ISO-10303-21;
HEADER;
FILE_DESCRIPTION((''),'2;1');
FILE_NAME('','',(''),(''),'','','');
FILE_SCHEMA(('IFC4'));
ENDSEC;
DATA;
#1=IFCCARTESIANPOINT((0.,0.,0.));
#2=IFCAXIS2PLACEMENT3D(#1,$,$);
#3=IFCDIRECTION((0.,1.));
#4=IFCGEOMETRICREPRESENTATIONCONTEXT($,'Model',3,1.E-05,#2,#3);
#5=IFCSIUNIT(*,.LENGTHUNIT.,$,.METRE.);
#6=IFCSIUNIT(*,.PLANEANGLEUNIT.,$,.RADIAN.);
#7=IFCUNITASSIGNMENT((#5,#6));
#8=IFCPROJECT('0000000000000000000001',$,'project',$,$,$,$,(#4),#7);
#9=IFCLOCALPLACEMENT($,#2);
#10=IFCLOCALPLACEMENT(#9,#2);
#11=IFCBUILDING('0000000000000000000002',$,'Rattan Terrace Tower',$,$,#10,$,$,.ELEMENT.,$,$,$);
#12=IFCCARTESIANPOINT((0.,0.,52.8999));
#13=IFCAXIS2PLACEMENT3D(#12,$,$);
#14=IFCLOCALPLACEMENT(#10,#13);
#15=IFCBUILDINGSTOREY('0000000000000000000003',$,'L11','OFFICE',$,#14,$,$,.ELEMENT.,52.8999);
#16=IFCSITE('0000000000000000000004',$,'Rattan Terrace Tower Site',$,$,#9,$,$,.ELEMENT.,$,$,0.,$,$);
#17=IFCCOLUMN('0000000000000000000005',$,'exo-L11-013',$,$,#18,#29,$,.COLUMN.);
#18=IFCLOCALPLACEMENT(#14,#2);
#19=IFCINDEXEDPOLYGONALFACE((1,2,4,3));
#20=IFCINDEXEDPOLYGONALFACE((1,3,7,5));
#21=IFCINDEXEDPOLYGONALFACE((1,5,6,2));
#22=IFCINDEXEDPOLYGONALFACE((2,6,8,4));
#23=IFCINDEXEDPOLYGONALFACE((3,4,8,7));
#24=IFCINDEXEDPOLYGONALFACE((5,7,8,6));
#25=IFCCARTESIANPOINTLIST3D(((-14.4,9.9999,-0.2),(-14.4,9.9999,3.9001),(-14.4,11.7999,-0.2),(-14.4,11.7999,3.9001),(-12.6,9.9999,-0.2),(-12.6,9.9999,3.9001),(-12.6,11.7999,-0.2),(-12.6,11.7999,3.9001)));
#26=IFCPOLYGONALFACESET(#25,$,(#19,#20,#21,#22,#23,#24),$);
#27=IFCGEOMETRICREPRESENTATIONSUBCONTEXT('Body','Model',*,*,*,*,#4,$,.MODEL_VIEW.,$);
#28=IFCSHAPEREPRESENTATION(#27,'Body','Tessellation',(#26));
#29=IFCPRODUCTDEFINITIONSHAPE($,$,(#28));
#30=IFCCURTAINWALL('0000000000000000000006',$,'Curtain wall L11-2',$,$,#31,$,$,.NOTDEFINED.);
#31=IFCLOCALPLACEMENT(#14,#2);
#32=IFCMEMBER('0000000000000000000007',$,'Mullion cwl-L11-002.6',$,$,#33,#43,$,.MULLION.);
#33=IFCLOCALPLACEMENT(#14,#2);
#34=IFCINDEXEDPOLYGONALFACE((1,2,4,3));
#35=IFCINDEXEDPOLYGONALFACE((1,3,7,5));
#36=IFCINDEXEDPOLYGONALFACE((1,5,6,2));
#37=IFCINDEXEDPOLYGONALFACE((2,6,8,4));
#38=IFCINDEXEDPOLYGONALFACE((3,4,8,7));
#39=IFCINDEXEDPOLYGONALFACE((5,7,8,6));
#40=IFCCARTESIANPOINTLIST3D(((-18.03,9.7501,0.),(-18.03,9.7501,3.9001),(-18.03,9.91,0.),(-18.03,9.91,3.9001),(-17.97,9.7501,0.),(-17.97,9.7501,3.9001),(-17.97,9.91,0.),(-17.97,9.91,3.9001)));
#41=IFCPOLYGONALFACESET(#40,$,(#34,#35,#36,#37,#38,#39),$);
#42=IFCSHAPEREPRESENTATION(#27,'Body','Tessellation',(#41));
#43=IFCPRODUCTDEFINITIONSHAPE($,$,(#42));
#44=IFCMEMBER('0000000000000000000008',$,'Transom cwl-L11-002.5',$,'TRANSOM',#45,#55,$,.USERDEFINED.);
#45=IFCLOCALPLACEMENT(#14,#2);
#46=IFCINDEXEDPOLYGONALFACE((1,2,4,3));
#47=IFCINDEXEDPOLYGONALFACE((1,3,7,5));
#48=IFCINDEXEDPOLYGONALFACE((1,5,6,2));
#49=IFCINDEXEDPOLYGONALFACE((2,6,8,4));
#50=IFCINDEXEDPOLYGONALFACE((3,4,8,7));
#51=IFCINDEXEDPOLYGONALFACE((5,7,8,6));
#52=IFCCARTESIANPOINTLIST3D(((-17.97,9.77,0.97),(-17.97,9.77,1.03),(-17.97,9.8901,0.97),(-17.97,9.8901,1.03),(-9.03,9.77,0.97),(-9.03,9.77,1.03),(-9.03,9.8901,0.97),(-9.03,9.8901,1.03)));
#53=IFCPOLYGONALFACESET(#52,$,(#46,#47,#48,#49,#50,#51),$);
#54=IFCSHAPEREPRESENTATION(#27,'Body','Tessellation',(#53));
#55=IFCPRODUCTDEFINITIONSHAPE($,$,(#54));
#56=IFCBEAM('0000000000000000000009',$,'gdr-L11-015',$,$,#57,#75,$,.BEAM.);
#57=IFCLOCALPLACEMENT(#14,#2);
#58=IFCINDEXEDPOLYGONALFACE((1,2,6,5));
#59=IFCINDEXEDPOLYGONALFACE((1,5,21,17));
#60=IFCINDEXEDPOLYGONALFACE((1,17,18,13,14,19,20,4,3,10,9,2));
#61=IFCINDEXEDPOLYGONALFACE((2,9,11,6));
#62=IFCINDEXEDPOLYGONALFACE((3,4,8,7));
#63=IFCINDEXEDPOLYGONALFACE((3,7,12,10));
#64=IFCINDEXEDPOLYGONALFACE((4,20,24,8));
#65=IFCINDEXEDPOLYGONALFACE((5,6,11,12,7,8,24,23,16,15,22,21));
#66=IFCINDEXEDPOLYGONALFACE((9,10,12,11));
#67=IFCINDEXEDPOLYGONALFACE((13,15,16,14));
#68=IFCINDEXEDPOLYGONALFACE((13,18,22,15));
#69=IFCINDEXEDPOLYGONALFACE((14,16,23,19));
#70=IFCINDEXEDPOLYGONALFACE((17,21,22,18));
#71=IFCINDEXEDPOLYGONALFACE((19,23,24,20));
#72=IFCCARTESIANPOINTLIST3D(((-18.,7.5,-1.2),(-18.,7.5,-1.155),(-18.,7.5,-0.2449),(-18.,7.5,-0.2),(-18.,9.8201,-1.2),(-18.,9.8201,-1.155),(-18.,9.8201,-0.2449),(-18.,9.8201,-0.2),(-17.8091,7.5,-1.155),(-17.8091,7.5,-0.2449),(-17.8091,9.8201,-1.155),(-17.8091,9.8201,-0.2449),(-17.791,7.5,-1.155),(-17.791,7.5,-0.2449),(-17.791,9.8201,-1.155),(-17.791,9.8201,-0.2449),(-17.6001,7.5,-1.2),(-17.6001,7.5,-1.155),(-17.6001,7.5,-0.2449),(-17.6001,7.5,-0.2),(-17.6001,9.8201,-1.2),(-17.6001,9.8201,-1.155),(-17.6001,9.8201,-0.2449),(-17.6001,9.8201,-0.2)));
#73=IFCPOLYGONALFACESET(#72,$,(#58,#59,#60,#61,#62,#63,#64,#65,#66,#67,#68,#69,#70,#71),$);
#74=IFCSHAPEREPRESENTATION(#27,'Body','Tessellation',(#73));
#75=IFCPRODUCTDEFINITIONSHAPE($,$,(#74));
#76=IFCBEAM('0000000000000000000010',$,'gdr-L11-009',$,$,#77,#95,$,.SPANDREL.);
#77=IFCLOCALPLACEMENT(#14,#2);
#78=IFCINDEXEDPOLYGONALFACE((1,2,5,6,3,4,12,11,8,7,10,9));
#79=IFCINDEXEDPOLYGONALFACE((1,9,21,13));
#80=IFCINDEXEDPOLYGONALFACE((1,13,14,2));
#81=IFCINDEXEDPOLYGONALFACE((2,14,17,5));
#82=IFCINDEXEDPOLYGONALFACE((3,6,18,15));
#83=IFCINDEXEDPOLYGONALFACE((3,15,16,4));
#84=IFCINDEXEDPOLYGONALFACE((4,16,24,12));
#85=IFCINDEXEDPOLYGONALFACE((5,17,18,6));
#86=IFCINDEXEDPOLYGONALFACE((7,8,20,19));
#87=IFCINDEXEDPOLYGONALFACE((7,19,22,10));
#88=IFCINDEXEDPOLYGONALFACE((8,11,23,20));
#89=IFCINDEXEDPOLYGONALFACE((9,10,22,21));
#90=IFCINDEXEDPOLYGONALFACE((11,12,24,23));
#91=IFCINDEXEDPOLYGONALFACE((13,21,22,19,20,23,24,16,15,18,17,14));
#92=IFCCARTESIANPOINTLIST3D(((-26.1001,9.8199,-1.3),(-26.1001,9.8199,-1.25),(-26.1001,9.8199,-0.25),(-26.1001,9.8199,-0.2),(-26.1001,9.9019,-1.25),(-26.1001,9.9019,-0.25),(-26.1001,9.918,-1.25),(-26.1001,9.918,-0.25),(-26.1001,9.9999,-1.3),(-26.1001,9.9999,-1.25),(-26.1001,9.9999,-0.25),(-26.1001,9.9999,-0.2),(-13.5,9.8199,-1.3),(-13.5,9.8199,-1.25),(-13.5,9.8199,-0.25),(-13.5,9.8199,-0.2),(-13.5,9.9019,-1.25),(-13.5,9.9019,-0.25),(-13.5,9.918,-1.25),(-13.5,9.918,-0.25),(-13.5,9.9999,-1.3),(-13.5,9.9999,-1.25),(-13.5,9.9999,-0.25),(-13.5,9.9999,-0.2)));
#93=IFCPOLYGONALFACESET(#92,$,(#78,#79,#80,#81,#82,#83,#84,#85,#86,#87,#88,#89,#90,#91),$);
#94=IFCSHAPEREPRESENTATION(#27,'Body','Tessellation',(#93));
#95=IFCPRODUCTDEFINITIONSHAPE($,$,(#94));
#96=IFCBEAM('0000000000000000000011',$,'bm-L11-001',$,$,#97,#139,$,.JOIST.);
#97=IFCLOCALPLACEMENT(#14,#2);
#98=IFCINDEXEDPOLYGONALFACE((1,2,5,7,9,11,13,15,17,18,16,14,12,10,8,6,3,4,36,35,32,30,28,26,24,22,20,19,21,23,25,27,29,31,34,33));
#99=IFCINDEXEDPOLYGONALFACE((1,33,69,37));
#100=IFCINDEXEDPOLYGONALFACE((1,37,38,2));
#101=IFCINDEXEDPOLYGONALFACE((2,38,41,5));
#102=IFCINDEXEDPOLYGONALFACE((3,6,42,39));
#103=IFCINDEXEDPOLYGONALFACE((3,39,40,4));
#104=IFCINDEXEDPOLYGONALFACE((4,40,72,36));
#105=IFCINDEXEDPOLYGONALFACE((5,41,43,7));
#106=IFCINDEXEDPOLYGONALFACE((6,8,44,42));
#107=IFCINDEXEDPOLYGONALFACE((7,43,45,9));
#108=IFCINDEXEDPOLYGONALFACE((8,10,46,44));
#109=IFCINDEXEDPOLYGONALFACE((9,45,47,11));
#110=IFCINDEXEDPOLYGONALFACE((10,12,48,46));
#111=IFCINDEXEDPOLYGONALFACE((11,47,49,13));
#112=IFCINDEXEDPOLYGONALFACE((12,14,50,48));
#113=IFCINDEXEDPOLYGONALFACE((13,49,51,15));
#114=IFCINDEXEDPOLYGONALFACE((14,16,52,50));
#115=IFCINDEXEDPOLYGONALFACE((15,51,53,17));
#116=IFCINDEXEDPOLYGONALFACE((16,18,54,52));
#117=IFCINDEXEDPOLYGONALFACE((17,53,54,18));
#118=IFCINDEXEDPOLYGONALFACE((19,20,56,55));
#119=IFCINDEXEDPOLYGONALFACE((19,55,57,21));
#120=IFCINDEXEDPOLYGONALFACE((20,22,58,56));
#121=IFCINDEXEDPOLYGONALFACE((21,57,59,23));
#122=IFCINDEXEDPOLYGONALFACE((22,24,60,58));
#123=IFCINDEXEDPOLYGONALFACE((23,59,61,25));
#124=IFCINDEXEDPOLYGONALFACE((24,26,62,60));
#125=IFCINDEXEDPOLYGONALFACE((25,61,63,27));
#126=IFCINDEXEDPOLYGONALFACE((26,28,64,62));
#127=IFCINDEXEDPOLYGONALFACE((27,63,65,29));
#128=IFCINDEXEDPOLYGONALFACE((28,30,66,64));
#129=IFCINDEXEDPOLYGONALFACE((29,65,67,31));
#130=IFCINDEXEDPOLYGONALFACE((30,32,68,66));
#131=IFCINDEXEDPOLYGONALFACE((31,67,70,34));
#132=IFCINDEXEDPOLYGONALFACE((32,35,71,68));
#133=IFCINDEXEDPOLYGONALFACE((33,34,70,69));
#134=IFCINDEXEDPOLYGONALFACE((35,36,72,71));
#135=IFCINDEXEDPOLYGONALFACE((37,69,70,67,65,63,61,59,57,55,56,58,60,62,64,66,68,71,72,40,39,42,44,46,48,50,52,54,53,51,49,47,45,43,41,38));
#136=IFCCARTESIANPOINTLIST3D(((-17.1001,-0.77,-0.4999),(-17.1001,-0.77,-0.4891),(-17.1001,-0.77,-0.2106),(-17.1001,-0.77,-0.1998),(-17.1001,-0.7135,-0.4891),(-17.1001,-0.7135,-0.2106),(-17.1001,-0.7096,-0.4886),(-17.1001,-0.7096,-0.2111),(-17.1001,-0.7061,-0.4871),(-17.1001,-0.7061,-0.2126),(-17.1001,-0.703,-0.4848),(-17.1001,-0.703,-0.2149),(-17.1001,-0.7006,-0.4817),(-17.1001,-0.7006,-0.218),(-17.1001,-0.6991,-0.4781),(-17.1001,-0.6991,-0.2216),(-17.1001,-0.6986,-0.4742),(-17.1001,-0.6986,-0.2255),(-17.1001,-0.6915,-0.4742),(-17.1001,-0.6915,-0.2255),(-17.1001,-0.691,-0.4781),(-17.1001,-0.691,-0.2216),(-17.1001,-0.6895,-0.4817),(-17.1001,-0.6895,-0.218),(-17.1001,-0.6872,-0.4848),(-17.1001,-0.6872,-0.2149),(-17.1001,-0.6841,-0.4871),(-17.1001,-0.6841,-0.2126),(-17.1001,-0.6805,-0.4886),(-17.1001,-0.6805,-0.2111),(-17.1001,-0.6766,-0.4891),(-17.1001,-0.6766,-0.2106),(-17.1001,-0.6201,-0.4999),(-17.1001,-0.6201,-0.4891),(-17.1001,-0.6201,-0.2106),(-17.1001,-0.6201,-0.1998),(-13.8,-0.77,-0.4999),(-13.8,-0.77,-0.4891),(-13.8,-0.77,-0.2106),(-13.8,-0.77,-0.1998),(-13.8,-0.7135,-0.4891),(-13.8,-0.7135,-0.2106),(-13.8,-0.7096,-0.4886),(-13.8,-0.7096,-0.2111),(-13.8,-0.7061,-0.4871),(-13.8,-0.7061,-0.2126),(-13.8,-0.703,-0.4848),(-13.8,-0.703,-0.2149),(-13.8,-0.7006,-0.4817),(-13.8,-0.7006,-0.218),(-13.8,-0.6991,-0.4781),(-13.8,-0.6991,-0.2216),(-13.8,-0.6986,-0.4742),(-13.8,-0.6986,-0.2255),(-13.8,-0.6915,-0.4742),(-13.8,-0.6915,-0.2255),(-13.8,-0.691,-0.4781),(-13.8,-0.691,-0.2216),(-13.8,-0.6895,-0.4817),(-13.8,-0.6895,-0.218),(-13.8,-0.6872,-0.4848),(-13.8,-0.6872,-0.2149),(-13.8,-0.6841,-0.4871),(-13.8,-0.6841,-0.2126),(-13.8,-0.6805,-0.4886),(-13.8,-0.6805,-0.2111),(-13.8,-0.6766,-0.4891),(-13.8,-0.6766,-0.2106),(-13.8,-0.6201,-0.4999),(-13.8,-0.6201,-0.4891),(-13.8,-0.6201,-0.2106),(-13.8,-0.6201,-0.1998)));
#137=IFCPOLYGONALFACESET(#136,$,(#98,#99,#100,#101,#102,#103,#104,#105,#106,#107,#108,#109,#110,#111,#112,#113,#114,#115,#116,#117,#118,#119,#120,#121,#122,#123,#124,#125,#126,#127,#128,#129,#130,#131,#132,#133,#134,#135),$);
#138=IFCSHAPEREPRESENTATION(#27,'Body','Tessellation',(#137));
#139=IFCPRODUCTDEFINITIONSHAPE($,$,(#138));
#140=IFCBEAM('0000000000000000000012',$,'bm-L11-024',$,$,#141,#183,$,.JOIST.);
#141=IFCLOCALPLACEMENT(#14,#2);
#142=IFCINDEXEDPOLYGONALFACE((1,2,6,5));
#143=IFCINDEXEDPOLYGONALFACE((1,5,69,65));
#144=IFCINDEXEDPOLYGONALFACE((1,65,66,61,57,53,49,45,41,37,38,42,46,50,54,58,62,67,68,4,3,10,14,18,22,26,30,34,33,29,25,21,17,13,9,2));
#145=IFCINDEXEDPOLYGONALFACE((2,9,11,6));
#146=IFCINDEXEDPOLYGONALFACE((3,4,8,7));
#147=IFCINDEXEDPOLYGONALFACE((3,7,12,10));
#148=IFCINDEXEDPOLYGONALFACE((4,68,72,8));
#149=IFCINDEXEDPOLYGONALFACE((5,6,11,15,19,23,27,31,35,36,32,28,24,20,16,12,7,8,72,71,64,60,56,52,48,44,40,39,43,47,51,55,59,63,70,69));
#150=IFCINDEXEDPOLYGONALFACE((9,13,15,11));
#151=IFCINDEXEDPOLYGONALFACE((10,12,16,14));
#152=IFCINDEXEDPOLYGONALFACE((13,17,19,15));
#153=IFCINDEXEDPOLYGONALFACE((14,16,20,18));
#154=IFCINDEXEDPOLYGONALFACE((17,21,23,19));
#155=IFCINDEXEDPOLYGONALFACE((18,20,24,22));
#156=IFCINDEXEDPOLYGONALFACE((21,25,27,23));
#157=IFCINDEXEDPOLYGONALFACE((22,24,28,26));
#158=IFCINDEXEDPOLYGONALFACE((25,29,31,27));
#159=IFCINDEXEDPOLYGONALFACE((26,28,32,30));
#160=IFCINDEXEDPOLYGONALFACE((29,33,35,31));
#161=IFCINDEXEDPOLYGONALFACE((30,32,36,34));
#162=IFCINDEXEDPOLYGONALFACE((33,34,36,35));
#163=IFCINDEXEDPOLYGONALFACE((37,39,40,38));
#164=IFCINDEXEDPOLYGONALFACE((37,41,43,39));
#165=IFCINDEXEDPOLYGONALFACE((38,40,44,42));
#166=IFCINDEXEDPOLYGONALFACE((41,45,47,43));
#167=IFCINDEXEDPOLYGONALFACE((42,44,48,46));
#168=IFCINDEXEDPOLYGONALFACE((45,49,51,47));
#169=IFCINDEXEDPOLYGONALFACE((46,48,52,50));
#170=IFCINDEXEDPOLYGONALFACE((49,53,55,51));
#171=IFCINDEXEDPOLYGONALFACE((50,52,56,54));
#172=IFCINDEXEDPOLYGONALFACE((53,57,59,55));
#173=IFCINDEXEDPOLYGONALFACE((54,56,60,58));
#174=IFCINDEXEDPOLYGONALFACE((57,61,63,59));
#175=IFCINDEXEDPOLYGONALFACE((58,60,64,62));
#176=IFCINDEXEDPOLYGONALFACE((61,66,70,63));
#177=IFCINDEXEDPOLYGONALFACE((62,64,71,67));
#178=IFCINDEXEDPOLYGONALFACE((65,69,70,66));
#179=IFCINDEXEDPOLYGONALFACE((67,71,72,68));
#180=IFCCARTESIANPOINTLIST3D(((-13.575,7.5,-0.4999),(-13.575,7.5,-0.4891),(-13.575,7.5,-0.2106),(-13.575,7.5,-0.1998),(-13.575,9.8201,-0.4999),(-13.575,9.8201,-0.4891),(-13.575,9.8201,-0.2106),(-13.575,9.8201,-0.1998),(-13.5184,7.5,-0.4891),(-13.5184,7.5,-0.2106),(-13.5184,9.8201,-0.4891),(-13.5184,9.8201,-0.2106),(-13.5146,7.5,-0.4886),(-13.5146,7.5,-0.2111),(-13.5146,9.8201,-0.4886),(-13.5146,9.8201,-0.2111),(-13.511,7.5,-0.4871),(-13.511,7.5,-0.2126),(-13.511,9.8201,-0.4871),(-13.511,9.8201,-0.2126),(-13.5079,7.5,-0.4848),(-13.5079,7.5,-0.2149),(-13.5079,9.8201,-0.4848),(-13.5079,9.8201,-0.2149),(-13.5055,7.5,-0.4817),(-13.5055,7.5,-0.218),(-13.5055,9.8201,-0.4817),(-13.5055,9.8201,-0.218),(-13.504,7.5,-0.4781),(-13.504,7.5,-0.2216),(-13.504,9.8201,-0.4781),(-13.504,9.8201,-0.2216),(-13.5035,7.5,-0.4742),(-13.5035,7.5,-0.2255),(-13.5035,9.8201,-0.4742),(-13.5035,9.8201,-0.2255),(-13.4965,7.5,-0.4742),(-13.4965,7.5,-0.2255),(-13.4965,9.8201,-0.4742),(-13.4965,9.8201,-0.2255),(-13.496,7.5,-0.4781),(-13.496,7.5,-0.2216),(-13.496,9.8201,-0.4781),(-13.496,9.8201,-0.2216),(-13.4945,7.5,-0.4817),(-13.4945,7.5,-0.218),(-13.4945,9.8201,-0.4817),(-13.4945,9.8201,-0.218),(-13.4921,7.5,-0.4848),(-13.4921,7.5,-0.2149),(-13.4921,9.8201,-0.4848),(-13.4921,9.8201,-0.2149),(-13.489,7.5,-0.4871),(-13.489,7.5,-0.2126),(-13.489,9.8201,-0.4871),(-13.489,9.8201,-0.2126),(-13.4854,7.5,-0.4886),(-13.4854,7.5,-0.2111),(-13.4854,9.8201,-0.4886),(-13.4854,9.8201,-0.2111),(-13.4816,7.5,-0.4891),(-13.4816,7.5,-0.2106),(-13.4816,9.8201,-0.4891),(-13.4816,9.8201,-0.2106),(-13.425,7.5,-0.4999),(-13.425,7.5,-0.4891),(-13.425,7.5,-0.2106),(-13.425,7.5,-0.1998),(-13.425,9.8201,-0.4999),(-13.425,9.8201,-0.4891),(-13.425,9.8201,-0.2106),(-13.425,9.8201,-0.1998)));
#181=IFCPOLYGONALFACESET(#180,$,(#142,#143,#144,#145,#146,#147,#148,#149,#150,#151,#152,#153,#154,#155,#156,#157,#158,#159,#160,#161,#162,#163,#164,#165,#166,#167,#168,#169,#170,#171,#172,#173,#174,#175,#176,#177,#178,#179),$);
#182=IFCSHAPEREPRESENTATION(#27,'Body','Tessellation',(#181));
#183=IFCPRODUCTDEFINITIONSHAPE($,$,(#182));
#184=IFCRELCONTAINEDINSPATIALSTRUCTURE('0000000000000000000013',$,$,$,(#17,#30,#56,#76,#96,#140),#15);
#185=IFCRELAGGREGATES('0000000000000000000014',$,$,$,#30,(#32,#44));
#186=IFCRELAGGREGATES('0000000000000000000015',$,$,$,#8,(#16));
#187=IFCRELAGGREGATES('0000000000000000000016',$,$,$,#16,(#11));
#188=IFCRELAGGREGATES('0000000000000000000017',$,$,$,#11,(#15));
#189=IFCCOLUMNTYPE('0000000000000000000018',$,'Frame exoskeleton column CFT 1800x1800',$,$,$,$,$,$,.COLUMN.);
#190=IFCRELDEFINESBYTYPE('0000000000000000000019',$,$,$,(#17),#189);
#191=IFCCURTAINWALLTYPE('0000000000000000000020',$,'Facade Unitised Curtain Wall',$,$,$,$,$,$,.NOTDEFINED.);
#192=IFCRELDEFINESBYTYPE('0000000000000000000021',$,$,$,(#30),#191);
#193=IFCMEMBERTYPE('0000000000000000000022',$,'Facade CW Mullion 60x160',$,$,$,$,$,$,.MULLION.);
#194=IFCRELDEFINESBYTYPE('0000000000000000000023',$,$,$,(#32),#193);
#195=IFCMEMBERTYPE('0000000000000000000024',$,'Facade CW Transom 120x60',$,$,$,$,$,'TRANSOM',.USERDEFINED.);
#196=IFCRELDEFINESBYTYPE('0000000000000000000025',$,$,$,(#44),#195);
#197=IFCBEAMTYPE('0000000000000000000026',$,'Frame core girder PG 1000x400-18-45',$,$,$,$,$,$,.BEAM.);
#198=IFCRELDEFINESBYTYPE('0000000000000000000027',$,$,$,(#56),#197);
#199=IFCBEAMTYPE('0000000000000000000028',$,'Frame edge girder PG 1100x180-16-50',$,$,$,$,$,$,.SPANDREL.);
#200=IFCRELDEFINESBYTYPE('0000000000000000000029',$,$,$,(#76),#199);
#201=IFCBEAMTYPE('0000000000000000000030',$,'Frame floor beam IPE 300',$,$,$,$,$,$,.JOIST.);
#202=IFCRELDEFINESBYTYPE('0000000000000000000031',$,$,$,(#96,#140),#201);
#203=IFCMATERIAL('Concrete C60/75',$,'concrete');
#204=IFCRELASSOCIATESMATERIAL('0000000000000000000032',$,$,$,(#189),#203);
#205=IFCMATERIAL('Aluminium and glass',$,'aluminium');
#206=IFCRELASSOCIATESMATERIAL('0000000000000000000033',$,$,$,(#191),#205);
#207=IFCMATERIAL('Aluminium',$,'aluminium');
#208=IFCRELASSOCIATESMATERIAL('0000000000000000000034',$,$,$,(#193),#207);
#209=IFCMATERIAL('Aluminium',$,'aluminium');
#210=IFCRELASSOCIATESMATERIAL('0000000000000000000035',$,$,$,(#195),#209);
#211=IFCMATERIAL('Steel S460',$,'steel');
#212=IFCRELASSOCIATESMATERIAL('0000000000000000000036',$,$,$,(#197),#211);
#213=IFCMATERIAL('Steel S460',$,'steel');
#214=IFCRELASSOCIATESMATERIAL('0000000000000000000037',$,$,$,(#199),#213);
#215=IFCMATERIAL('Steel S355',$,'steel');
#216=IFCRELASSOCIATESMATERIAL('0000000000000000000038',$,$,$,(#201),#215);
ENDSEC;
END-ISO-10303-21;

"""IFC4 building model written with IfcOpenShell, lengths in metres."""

from ifc_helpers import new_model, si_unit, direction, frame, origin, origin_2d, place, context, subcontext, project, spatial, rectangle, i_section, extrude, material, material_profile, profile_set, type_object, element, aggregate, save


model = new_model("IFC4")

# Units and contexts
model_context = context("Model", 3, precision=1e-05, world=origin(), true_north=direction((0.0, 1.0)))
body_context = subcontext(model_context, "Body", "Model", "MODEL_VIEW")
ifc_project = project(units=[si_unit("LENGTHUNIT", "METRE"), si_unit("PLANEANGLEUNIT", "RADIAN")], contexts=[model_context])

# Site, building, storey
site_placement = place(None, origin())
site = spatial("IfcSite", under=ifc_project, at=site_placement, Name="Rattan Terrace Tower Site", CompositionType="ELEMENT", RefElevation=0.0)
building_placement = place(site_placement, origin())
building = spatial("IfcBuilding", under=site, at=building_placement, Name="Rattan Terrace Tower", CompositionType="ELEMENT")
storey_placement = place(building_placement, frame((0.0, 0.0, 52.8999)))
storey = spatial("IfcBuildingStorey", under=building, at=storey_placement, Name="L11", Description="OFFICE", CompositionType="ELEMENT", Elevation=52.8999)

# Column
ifc_material_1 = material(Name="Concrete C60/75", Category="concrete")
ifc_material_profile_1 = material_profile(ifc_material_1, rectangle(XDim=1.8, YDim=1.8, at=origin_2d()), Name="CFT 1800x1800")
ifc_profile_set_1 = profile_set([ifc_material_profile_1], Name="Concrete C60/75")
column_type = type_object("IfcColumnType", Name="Frame exoskeleton column CFT 1800x1800", PredefinedType="COLUMN", material=ifc_profile_set_1)
column_placement = place(storey_placement, frame((-13.5, 10.8999, -0.2), z_axis=(0.0, 0.0, 1.0), x_axis=(1.0, 0.0, 0.0)))
element("IfcColumn", 1, at=column_placement, inside=storey, type_object=column_type, Name="exo-L11-013", PredefinedType="COLUMN", context=body_context, shape_type="SweptSolid", body=[
    extrude(rectangle(XDim=1.8, YDim=1.8, at=origin_2d()), origin(), (0.0, 0.0, 1.0), 4.1001),
])

# Curtain wall, members
ifc_material_2 = material(Name="Aluminium and glass", Category="aluminium")
curtain_wall_type = type_object("IfcCurtainWallType", Name="Facade Unitised Curtain Wall", PredefinedType="NOTDEFINED", material=ifc_material_2)
curtain_wall_placement = place(storey_placement, origin())
curtain_wall = element("IfcCurtainWall", 2, at=curtain_wall_placement, inside=storey, type_object=curtain_wall_type, Name="Curtain wall L11-2", PredefinedType="NOTDEFINED")
ifc_material_3 = material(Name="Aluminium", Category="aluminium")
ifc_material_profile_2 = material_profile(ifc_material_3, rectangle(XDim=0.0601, YDim=0.1599, at=origin_2d()), Name="Aluminium 60x160")
ifc_profile_set_2 = profile_set([ifc_material_profile_2], Name="Aluminium")
member_type_1 = type_object("IfcMemberType", Name="Facade CW Mullion 60x160", PredefinedType="MULLION", material=ifc_profile_set_2)
member_1_placement = place(storey_placement, frame((-18.0, 9.8301, 0.0), z_axis=(0.0, 0.0, 1.0), x_axis=(-1.0, 0.0, 0.0)))
member_1 = element("IfcMember", 3, at=member_1_placement, type_object=member_type_1, Name="Mullion cwl-L11-002.6", PredefinedType="MULLION", context=body_context, shape_type="SweptSolid", body=[
    extrude(rectangle(XDim=0.0601, YDim=0.1599, at=origin_2d()), origin(), (0.0, 0.0, 1.0), 3.9001),
])
ifc_material_4 = material(Name="Aluminium", Category="aluminium")
ifc_material_profile_3 = material_profile(ifc_material_4, rectangle(XDim=0.1201, YDim=0.0601, at=origin_2d()), Name="Aluminium 120x60")
ifc_profile_set_3 = profile_set([ifc_material_profile_3], Name="Aluminium")
member_type_2 = type_object("IfcMemberType", Name="Facade CW Transom 120x60", ElementType="TRANSOM", PredefinedType="USERDEFINED", material=ifc_profile_set_3)
member_2_placement = place(storey_placement, frame((-9.03, 9.8301, 1.0), z_axis=(-1.0, 0.0, 0.0), x_axis=(0.0, -1.0, 0.0)))
member_2 = element("IfcMember", 4, at=member_2_placement, type_object=member_type_2, Name="Transom cwl-L11-002.5", ObjectType="TRANSOM", PredefinedType="USERDEFINED", context=body_context, shape_type="SweptSolid", body=[
    extrude(rectangle(XDim=0.1201, YDim=0.0601, at=origin_2d()), origin(), (0.0, 0.0, 1.0), 8.9399),
])

# Beams
ifc_material_5 = material(Name="Steel S460", Category="steel")
ifc_material_profile_4 = material_profile(ifc_material_5, i_section(OverallWidth=0.3999, OverallDepth=1.0, WebThickness=0.0181, FlangeThickness=0.0449, at=origin_2d()), Name="PG 1000x400-18-45")
ifc_profile_set_4 = profile_set([ifc_material_profile_4], Name="Steel S460")
beam_type_1 = type_object("IfcBeamType", Name="Frame core girder PG 1000x400-18-45", PredefinedType="BEAM", material=ifc_profile_set_4)
beam_1_placement = place(storey_placement, frame((-17.8, 7.5, -0.7), z_axis=(0.0, 1.0, 0.0), x_axis=(-1.0, 0.0, 0.0)))
element("IfcBeam", 5, at=beam_1_placement, inside=storey, type_object=beam_type_1, Name="gdr-L11-015", PredefinedType="BEAM", context=body_context, shape_type="SweptSolid", body=[
    extrude(i_section(OverallWidth=0.3999, OverallDepth=1.0, WebThickness=0.0181, FlangeThickness=0.0449, at=origin_2d()), origin(), (0.0, 0.0, 1.0), 2.3201),
])
ifc_material_6 = material(Name="Steel S460", Category="steel")
ifc_material_profile_5 = material_profile(ifc_material_6, i_section(OverallWidth=0.1799, OverallDepth=1.1001, WebThickness=0.0161, FlangeThickness=0.05, at=origin_2d()), Name="PG 1100x180-16-50")
ifc_profile_set_5 = profile_set([ifc_material_profile_5], Name="Steel S460")
beam_type_2 = type_object("IfcBeamType", Name="Frame edge girder PG 1100x180-16-50", PredefinedType="SPANDREL", material=ifc_profile_set_5)
beam_2_placement = place(storey_placement, frame((-13.5, 9.9099, -0.75), z_axis=(-1.0, 0.0, 0.0), x_axis=(0.0, -1.0, 0.0)))
element("IfcBeam", 6, at=beam_2_placement, inside=storey, type_object=beam_type_2, Name="gdr-L11-009", PredefinedType="SPANDREL", context=body_context, shape_type="SweptSolid", body=[
    extrude(i_section(OverallWidth=0.1799, OverallDepth=1.1001, WebThickness=0.0161, FlangeThickness=0.05, at=origin_2d()), origin(), (0.0, 0.0, 1.0), 12.6001),
])
ifc_material_7 = material(Name="Steel S355", Category="steel")
ifc_material_profile_6 = material_profile(ifc_material_7, i_section(OverallWidth=0.1499, OverallDepth=0.3, WebThickness=0.0071, FlangeThickness=0.0107, FilletRadius=0.0149, at=origin_2d()), Name="IPE 300")
ifc_profile_set_6 = profile_set([ifc_material_profile_6], Name="Steel S355")
beam_type_3 = type_object("IfcBeamType", Name="Frame floor beam IPE 300", PredefinedType="JOIST", material=ifc_profile_set_6)
beam_3_placement = place(storey_placement, frame((-17.1001, -0.6951, -0.3499), z_axis=(1.0, 0.0, 0.0), x_axis=(0.0, 1.0, 0.0)))
element("IfcBeam", 7, at=beam_3_placement, inside=storey, type_object=beam_type_3, Name="bm-L11-001", PredefinedType="JOIST", context=body_context, shape_type="SweptSolid", body=[
    extrude(i_section(OverallWidth=0.1499, OverallDepth=0.3, WebThickness=0.0071, FlangeThickness=0.0107, FilletRadius=0.0149, at=origin_2d()), origin(), (0.0, 0.0, 1.0), 3.3),
])
for number, where, z_axis, x_axis, name in (
    (8, (-13.5, 7.5, -0.3499), (0.0, 1.0, 0.0), (-1.0, 0.0, 0.0), "bm-L11-024"),
):
    element("IfcBeam", number, at=place(storey_placement, frame(where, z_axis=z_axis, x_axis=x_axis)), inside=storey, type_object=beam_type_3, Name=name, PredefinedType="JOIST", context=body_context, shape_type="SweptSolid", body=[
        extrude(i_section(OverallWidth=0.1499, OverallDepth=0.3, WebThickness=0.0071, FlangeThickness=0.0107, FilletRadius=0.0149, at=origin_2d()), origin(), (0.0, 0.0, 1.0), 2.3201),
    ])

aggregate(curtain_wall, [member_1, member_2])

save(model, "model.ifc")
